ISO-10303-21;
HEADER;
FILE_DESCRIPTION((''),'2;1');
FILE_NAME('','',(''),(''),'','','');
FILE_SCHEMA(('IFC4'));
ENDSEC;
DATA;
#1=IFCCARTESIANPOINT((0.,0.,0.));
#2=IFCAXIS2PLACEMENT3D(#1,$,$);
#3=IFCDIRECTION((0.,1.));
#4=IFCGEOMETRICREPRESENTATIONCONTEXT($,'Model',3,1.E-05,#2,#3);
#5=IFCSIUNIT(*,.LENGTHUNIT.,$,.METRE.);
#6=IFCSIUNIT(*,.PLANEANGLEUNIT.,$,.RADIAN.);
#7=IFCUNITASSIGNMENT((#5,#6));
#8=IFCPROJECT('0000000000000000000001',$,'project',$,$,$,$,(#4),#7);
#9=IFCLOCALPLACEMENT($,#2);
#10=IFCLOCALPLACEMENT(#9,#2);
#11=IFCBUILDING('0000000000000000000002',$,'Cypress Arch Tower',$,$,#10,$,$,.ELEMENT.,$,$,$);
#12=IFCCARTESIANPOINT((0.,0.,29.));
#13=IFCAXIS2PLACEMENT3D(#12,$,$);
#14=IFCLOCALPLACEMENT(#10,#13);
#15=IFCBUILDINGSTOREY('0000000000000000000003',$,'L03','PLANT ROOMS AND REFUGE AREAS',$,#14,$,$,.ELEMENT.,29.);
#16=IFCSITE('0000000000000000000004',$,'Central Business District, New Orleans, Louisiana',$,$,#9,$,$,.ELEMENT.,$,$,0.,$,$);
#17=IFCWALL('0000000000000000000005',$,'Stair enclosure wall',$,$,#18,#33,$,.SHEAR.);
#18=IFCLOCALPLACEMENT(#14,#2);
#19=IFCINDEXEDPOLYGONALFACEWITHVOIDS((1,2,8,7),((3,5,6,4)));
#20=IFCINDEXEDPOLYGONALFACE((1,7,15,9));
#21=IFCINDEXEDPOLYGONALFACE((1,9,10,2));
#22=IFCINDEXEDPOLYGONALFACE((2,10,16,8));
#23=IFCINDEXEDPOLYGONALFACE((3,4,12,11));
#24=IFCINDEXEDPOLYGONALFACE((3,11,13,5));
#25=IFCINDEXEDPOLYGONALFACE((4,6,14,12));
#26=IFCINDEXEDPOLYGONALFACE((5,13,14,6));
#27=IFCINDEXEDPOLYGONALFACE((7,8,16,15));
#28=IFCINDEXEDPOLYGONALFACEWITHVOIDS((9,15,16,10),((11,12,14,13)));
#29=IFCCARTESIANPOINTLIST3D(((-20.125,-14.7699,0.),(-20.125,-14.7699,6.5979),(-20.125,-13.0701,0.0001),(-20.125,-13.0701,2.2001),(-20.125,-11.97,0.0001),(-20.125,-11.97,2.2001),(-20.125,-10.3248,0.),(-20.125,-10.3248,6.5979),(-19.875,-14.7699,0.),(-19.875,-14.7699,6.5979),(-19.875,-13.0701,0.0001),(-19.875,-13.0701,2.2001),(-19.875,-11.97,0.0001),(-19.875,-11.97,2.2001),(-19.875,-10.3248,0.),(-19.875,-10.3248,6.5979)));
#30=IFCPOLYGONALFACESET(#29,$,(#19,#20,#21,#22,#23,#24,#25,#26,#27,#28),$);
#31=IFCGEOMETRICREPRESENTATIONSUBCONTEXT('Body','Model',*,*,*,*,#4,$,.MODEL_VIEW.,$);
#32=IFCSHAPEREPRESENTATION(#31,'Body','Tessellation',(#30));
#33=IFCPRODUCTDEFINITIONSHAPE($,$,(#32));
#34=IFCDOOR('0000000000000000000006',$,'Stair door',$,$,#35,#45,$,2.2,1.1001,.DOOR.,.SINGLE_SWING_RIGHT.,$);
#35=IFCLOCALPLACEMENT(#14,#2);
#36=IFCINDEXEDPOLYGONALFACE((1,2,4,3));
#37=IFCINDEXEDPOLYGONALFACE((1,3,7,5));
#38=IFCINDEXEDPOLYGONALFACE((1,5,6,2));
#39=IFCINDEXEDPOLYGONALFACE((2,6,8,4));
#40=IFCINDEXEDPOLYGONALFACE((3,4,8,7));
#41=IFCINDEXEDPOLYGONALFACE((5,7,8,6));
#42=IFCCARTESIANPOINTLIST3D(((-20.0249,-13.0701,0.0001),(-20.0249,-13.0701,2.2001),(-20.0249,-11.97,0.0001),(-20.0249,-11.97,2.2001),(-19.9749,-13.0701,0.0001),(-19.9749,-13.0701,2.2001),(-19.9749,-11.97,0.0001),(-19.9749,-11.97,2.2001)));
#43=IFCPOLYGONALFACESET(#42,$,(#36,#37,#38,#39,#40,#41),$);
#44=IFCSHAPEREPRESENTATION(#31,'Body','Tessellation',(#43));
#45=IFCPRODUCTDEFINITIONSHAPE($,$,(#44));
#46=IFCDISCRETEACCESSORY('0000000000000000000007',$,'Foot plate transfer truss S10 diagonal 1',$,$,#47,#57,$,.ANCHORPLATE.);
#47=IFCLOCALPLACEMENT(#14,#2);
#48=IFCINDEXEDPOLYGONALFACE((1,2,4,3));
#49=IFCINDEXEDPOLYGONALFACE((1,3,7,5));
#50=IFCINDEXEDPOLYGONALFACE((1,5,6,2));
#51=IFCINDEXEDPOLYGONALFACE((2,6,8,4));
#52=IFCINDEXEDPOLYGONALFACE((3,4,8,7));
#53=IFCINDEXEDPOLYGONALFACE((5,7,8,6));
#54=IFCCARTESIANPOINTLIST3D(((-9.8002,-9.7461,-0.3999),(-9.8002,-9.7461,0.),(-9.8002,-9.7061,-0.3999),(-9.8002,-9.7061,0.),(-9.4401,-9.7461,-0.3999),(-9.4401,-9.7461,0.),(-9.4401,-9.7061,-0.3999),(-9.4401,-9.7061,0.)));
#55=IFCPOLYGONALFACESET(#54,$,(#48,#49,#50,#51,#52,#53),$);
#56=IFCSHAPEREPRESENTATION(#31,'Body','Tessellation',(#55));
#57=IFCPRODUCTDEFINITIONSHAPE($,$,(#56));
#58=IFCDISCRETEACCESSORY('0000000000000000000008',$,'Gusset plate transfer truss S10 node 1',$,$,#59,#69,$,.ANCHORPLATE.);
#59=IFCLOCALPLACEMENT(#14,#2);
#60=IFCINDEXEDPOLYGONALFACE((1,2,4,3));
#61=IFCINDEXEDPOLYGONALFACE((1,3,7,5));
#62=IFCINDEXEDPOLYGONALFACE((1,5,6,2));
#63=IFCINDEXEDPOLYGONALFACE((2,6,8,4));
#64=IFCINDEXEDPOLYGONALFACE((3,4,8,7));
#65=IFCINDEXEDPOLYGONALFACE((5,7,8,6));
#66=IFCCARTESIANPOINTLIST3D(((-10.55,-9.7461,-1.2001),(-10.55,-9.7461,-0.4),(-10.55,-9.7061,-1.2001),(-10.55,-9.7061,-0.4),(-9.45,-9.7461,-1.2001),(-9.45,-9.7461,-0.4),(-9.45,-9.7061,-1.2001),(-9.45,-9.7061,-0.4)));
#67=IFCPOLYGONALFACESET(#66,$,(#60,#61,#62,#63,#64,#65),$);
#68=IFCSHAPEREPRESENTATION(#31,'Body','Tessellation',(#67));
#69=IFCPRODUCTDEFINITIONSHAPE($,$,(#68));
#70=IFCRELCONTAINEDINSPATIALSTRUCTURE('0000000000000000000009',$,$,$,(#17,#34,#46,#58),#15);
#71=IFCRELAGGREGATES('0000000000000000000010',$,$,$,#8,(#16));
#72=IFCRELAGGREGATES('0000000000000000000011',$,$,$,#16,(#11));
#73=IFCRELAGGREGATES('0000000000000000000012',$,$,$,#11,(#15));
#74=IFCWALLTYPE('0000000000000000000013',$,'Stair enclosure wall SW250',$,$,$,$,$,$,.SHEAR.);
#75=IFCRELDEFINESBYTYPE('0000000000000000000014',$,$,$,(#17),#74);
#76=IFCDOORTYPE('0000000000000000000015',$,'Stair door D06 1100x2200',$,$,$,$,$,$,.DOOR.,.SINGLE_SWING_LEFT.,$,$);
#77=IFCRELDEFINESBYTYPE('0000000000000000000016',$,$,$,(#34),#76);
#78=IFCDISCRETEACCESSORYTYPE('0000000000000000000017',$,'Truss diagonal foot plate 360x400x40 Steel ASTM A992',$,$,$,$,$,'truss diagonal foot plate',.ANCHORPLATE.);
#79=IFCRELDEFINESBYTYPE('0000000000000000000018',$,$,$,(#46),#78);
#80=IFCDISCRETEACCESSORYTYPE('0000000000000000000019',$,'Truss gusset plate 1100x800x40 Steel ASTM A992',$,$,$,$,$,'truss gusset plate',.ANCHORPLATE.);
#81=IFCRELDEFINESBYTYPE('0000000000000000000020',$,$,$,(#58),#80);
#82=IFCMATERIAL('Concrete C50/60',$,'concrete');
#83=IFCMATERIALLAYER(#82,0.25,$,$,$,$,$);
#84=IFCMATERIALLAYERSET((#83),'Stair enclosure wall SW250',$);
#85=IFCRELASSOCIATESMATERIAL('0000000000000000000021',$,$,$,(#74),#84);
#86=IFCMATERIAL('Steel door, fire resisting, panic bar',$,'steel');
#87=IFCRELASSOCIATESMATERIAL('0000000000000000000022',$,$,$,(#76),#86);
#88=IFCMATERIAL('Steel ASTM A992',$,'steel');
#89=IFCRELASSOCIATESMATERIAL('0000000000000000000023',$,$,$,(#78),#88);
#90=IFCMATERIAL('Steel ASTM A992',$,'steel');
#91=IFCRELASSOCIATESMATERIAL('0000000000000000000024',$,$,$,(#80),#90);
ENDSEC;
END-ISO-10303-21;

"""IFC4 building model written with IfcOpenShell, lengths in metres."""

from ifc_helpers import new_model, si_unit, direction, frame, frame_2d, origin, origin_2d, place, context, subcontext, project, spatial, rectangle, extrude, material, layer, layer_set, material_profile, profile_set, type_object, element, fill, save


model = new_model("IFC4")

# Units and contexts
model_context = context("Model", 3, precision=1e-05, world=origin(), true_north=direction((0.0, 1.0)))
body_context = subcontext(model_context, "Body", "Model", "MODEL_VIEW")
ifc_project = project(units=[si_unit("LENGTHUNIT", "METRE"), si_unit("PLANEANGLEUNIT", "RADIAN")], contexts=[model_context])

# Site, building, storey
site_placement = place(None, origin())
site = spatial("IfcSite", under=ifc_project, at=site_placement, Name="Central Business District, New Orleans, Louisiana", CompositionType="ELEMENT", RefElevation=0.0)
building_placement = place(site_placement, origin())
building = spatial("IfcBuilding", under=site, at=building_placement, Name="Cypress Arch Tower", CompositionType="ELEMENT")
storey_placement = place(building_placement, frame((0.0, 0.0, 29.0)))
storey = spatial("IfcBuildingStorey", under=building, at=storey_placement, Name="L03", Description="PLANT ROOMS AND REFUGE AREAS", CompositionType="ELEMENT", Elevation=29.0)

# Wall, opening, door
ifc_material_1 = material(Name="Concrete C50/60", Category="concrete")
ifc_layer_1 = layer(ifc_material_1, 0.25)
ifc_layer_set_1 = layer_set([ifc_layer_1], Name="Stair enclosure wall SW250")
wall_type_1 = type_object("IfcWallType", Name="Stair enclosure wall SW250", PredefinedType="SHEAR", material=ifc_layer_set_1)
wall_1_placement = place(storey_placement, frame((-20.0, -14.77, 0.0), z_axis=(0.0, 0.0, 1.0), x_axis=(0.0, 1.0, 0.0)))
wall_1 = element("IfcWall", 1, at=wall_1_placement, inside=storey, type_object=wall_type_1, Name="Stair enclosure wall", PredefinedType="SHEAR", context=body_context, shape_type="SweptSolid", body=[
    extrude(rectangle(XDim=4.4451, YDim=0.25, at=frame_2d((2.2227, 0.0))), origin(), (0.0, 0.0, 1.0), 6.5979),
])
opening_1_placement = place(wall_1_placement, frame((1.7, 0.0, 0.0)))
opening_1 = element("IfcOpeningElement", 2, at=opening_1_placement, cuts=wall_1, PredefinedType="OPENING", context=body_context, shape_type="SweptSolid", body=[
    extrude(rectangle(XDim=1.1001, YDim=2.2, at=frame_2d((0.55, 1.1001))), frame((0.0, 0.135, 0.0), z_axis=(0.0, -1.0, 0.0), x_axis=(1.0, 0.0, 0.0)), (0.0, 0.0, 1.0), 0.27),
])
ifc_material_2 = material(Name="Steel door, fire resisting, panic bar", Category="steel")
door_type_1 = type_object("IfcDoorType", Name="Stair door D06 1100x2200", OperationType="SINGLE_SWING_LEFT", PredefinedType="DOOR", material=ifc_material_2)
door_1_placement = place(opening_1_placement, origin())
door_1 = element("IfcDoor", 3, at=door_1_placement, inside=storey, type_object=door_type_1, Name="Stair door", OperationType="SINGLE_SWING_RIGHT", OverallHeight=2.2, OverallWidth=1.1001, PredefinedType="DOOR", context=body_context, shape_type="SweptSolid", body=[
    extrude(rectangle(XDim=1.1001, YDim=2.2, at=frame_2d((0.55, 1.1001))), frame((0.0, 0.0249, 0.0), z_axis=(0.0, -1.0, 0.0), x_axis=(1.0, 0.0, 0.0)), (0.0, 0.0, 1.0), 0.05),
])
fill(opening_1, door_1)

# Discrete accessories
ifc_material_3 = material(Name="Steel ASTM A992", Category="steel")
ifc_material_profile_1 = material_profile(ifc_material_3, rectangle(XDim=0.3601, YDim=0.3999, at=origin_2d()), Name="PL 40 360x400")
ifc_profile_set_1 = profile_set([ifc_material_profile_1], Name="Steel ASTM A992")
discrete_accessory_type_1 = type_object("IfcDiscreteAccessoryType", Name="Truss diagonal foot plate 360x400x40 Steel ASTM A992", ElementType="truss diagonal foot plate", PredefinedType="ANCHORPLATE", material=ifc_profile_set_1)
discrete_accessory_1_placement = place(storey_placement, frame((-9.6201, -9.7461, -0.2), z_axis=(0.0, 1.0, 0.0), x_axis=(-1.0, 0.0, 0.0)))
element("IfcDiscreteAccessory", 4, at=discrete_accessory_1_placement, inside=storey, type_object=discrete_accessory_type_1, Name="Foot plate transfer truss S10 diagonal 1", PredefinedType="ANCHORPLATE", context=body_context, shape_type="SweptSolid", body=[
    extrude(rectangle(XDim=0.3601, YDim=0.3999, at=origin_2d()), origin(), (0.0, 0.0, 1.0), 0.04),
])
ifc_material_4 = material(Name="Steel ASTM A992", Category="steel")
ifc_material_profile_2 = material_profile(ifc_material_4, rectangle(XDim=1.1001, YDim=0.8, at=origin_2d()), Name="PL 40 1100x800")
ifc_profile_set_2 = profile_set([ifc_material_profile_2], Name="Steel ASTM A992")
discrete_accessory_type_2 = type_object("IfcDiscreteAccessoryType", Name="Truss gusset plate 1100x800x40 Steel ASTM A992", ElementType="truss gusset plate", PredefinedType="ANCHORPLATE", material=ifc_profile_set_2)
discrete_accessory_2_placement = place(storey_placement, frame((-10.0, -9.7461, -0.8), z_axis=(0.0, 1.0, 0.0), x_axis=(-1.0, 0.0, 0.0)))
element("IfcDiscreteAccessory", 5, at=discrete_accessory_2_placement, inside=storey, type_object=discrete_accessory_type_2, Name="Gusset plate transfer truss S10 node 1", PredefinedType="ANCHORPLATE", context=body_context, shape_type="SweptSolid", body=[
    extrude(rectangle(XDim=1.1001, YDim=0.8, at=origin_2d()), origin(), (0.0, 0.0, 1.0), 0.04),
])

save(model, "model.ifc")
